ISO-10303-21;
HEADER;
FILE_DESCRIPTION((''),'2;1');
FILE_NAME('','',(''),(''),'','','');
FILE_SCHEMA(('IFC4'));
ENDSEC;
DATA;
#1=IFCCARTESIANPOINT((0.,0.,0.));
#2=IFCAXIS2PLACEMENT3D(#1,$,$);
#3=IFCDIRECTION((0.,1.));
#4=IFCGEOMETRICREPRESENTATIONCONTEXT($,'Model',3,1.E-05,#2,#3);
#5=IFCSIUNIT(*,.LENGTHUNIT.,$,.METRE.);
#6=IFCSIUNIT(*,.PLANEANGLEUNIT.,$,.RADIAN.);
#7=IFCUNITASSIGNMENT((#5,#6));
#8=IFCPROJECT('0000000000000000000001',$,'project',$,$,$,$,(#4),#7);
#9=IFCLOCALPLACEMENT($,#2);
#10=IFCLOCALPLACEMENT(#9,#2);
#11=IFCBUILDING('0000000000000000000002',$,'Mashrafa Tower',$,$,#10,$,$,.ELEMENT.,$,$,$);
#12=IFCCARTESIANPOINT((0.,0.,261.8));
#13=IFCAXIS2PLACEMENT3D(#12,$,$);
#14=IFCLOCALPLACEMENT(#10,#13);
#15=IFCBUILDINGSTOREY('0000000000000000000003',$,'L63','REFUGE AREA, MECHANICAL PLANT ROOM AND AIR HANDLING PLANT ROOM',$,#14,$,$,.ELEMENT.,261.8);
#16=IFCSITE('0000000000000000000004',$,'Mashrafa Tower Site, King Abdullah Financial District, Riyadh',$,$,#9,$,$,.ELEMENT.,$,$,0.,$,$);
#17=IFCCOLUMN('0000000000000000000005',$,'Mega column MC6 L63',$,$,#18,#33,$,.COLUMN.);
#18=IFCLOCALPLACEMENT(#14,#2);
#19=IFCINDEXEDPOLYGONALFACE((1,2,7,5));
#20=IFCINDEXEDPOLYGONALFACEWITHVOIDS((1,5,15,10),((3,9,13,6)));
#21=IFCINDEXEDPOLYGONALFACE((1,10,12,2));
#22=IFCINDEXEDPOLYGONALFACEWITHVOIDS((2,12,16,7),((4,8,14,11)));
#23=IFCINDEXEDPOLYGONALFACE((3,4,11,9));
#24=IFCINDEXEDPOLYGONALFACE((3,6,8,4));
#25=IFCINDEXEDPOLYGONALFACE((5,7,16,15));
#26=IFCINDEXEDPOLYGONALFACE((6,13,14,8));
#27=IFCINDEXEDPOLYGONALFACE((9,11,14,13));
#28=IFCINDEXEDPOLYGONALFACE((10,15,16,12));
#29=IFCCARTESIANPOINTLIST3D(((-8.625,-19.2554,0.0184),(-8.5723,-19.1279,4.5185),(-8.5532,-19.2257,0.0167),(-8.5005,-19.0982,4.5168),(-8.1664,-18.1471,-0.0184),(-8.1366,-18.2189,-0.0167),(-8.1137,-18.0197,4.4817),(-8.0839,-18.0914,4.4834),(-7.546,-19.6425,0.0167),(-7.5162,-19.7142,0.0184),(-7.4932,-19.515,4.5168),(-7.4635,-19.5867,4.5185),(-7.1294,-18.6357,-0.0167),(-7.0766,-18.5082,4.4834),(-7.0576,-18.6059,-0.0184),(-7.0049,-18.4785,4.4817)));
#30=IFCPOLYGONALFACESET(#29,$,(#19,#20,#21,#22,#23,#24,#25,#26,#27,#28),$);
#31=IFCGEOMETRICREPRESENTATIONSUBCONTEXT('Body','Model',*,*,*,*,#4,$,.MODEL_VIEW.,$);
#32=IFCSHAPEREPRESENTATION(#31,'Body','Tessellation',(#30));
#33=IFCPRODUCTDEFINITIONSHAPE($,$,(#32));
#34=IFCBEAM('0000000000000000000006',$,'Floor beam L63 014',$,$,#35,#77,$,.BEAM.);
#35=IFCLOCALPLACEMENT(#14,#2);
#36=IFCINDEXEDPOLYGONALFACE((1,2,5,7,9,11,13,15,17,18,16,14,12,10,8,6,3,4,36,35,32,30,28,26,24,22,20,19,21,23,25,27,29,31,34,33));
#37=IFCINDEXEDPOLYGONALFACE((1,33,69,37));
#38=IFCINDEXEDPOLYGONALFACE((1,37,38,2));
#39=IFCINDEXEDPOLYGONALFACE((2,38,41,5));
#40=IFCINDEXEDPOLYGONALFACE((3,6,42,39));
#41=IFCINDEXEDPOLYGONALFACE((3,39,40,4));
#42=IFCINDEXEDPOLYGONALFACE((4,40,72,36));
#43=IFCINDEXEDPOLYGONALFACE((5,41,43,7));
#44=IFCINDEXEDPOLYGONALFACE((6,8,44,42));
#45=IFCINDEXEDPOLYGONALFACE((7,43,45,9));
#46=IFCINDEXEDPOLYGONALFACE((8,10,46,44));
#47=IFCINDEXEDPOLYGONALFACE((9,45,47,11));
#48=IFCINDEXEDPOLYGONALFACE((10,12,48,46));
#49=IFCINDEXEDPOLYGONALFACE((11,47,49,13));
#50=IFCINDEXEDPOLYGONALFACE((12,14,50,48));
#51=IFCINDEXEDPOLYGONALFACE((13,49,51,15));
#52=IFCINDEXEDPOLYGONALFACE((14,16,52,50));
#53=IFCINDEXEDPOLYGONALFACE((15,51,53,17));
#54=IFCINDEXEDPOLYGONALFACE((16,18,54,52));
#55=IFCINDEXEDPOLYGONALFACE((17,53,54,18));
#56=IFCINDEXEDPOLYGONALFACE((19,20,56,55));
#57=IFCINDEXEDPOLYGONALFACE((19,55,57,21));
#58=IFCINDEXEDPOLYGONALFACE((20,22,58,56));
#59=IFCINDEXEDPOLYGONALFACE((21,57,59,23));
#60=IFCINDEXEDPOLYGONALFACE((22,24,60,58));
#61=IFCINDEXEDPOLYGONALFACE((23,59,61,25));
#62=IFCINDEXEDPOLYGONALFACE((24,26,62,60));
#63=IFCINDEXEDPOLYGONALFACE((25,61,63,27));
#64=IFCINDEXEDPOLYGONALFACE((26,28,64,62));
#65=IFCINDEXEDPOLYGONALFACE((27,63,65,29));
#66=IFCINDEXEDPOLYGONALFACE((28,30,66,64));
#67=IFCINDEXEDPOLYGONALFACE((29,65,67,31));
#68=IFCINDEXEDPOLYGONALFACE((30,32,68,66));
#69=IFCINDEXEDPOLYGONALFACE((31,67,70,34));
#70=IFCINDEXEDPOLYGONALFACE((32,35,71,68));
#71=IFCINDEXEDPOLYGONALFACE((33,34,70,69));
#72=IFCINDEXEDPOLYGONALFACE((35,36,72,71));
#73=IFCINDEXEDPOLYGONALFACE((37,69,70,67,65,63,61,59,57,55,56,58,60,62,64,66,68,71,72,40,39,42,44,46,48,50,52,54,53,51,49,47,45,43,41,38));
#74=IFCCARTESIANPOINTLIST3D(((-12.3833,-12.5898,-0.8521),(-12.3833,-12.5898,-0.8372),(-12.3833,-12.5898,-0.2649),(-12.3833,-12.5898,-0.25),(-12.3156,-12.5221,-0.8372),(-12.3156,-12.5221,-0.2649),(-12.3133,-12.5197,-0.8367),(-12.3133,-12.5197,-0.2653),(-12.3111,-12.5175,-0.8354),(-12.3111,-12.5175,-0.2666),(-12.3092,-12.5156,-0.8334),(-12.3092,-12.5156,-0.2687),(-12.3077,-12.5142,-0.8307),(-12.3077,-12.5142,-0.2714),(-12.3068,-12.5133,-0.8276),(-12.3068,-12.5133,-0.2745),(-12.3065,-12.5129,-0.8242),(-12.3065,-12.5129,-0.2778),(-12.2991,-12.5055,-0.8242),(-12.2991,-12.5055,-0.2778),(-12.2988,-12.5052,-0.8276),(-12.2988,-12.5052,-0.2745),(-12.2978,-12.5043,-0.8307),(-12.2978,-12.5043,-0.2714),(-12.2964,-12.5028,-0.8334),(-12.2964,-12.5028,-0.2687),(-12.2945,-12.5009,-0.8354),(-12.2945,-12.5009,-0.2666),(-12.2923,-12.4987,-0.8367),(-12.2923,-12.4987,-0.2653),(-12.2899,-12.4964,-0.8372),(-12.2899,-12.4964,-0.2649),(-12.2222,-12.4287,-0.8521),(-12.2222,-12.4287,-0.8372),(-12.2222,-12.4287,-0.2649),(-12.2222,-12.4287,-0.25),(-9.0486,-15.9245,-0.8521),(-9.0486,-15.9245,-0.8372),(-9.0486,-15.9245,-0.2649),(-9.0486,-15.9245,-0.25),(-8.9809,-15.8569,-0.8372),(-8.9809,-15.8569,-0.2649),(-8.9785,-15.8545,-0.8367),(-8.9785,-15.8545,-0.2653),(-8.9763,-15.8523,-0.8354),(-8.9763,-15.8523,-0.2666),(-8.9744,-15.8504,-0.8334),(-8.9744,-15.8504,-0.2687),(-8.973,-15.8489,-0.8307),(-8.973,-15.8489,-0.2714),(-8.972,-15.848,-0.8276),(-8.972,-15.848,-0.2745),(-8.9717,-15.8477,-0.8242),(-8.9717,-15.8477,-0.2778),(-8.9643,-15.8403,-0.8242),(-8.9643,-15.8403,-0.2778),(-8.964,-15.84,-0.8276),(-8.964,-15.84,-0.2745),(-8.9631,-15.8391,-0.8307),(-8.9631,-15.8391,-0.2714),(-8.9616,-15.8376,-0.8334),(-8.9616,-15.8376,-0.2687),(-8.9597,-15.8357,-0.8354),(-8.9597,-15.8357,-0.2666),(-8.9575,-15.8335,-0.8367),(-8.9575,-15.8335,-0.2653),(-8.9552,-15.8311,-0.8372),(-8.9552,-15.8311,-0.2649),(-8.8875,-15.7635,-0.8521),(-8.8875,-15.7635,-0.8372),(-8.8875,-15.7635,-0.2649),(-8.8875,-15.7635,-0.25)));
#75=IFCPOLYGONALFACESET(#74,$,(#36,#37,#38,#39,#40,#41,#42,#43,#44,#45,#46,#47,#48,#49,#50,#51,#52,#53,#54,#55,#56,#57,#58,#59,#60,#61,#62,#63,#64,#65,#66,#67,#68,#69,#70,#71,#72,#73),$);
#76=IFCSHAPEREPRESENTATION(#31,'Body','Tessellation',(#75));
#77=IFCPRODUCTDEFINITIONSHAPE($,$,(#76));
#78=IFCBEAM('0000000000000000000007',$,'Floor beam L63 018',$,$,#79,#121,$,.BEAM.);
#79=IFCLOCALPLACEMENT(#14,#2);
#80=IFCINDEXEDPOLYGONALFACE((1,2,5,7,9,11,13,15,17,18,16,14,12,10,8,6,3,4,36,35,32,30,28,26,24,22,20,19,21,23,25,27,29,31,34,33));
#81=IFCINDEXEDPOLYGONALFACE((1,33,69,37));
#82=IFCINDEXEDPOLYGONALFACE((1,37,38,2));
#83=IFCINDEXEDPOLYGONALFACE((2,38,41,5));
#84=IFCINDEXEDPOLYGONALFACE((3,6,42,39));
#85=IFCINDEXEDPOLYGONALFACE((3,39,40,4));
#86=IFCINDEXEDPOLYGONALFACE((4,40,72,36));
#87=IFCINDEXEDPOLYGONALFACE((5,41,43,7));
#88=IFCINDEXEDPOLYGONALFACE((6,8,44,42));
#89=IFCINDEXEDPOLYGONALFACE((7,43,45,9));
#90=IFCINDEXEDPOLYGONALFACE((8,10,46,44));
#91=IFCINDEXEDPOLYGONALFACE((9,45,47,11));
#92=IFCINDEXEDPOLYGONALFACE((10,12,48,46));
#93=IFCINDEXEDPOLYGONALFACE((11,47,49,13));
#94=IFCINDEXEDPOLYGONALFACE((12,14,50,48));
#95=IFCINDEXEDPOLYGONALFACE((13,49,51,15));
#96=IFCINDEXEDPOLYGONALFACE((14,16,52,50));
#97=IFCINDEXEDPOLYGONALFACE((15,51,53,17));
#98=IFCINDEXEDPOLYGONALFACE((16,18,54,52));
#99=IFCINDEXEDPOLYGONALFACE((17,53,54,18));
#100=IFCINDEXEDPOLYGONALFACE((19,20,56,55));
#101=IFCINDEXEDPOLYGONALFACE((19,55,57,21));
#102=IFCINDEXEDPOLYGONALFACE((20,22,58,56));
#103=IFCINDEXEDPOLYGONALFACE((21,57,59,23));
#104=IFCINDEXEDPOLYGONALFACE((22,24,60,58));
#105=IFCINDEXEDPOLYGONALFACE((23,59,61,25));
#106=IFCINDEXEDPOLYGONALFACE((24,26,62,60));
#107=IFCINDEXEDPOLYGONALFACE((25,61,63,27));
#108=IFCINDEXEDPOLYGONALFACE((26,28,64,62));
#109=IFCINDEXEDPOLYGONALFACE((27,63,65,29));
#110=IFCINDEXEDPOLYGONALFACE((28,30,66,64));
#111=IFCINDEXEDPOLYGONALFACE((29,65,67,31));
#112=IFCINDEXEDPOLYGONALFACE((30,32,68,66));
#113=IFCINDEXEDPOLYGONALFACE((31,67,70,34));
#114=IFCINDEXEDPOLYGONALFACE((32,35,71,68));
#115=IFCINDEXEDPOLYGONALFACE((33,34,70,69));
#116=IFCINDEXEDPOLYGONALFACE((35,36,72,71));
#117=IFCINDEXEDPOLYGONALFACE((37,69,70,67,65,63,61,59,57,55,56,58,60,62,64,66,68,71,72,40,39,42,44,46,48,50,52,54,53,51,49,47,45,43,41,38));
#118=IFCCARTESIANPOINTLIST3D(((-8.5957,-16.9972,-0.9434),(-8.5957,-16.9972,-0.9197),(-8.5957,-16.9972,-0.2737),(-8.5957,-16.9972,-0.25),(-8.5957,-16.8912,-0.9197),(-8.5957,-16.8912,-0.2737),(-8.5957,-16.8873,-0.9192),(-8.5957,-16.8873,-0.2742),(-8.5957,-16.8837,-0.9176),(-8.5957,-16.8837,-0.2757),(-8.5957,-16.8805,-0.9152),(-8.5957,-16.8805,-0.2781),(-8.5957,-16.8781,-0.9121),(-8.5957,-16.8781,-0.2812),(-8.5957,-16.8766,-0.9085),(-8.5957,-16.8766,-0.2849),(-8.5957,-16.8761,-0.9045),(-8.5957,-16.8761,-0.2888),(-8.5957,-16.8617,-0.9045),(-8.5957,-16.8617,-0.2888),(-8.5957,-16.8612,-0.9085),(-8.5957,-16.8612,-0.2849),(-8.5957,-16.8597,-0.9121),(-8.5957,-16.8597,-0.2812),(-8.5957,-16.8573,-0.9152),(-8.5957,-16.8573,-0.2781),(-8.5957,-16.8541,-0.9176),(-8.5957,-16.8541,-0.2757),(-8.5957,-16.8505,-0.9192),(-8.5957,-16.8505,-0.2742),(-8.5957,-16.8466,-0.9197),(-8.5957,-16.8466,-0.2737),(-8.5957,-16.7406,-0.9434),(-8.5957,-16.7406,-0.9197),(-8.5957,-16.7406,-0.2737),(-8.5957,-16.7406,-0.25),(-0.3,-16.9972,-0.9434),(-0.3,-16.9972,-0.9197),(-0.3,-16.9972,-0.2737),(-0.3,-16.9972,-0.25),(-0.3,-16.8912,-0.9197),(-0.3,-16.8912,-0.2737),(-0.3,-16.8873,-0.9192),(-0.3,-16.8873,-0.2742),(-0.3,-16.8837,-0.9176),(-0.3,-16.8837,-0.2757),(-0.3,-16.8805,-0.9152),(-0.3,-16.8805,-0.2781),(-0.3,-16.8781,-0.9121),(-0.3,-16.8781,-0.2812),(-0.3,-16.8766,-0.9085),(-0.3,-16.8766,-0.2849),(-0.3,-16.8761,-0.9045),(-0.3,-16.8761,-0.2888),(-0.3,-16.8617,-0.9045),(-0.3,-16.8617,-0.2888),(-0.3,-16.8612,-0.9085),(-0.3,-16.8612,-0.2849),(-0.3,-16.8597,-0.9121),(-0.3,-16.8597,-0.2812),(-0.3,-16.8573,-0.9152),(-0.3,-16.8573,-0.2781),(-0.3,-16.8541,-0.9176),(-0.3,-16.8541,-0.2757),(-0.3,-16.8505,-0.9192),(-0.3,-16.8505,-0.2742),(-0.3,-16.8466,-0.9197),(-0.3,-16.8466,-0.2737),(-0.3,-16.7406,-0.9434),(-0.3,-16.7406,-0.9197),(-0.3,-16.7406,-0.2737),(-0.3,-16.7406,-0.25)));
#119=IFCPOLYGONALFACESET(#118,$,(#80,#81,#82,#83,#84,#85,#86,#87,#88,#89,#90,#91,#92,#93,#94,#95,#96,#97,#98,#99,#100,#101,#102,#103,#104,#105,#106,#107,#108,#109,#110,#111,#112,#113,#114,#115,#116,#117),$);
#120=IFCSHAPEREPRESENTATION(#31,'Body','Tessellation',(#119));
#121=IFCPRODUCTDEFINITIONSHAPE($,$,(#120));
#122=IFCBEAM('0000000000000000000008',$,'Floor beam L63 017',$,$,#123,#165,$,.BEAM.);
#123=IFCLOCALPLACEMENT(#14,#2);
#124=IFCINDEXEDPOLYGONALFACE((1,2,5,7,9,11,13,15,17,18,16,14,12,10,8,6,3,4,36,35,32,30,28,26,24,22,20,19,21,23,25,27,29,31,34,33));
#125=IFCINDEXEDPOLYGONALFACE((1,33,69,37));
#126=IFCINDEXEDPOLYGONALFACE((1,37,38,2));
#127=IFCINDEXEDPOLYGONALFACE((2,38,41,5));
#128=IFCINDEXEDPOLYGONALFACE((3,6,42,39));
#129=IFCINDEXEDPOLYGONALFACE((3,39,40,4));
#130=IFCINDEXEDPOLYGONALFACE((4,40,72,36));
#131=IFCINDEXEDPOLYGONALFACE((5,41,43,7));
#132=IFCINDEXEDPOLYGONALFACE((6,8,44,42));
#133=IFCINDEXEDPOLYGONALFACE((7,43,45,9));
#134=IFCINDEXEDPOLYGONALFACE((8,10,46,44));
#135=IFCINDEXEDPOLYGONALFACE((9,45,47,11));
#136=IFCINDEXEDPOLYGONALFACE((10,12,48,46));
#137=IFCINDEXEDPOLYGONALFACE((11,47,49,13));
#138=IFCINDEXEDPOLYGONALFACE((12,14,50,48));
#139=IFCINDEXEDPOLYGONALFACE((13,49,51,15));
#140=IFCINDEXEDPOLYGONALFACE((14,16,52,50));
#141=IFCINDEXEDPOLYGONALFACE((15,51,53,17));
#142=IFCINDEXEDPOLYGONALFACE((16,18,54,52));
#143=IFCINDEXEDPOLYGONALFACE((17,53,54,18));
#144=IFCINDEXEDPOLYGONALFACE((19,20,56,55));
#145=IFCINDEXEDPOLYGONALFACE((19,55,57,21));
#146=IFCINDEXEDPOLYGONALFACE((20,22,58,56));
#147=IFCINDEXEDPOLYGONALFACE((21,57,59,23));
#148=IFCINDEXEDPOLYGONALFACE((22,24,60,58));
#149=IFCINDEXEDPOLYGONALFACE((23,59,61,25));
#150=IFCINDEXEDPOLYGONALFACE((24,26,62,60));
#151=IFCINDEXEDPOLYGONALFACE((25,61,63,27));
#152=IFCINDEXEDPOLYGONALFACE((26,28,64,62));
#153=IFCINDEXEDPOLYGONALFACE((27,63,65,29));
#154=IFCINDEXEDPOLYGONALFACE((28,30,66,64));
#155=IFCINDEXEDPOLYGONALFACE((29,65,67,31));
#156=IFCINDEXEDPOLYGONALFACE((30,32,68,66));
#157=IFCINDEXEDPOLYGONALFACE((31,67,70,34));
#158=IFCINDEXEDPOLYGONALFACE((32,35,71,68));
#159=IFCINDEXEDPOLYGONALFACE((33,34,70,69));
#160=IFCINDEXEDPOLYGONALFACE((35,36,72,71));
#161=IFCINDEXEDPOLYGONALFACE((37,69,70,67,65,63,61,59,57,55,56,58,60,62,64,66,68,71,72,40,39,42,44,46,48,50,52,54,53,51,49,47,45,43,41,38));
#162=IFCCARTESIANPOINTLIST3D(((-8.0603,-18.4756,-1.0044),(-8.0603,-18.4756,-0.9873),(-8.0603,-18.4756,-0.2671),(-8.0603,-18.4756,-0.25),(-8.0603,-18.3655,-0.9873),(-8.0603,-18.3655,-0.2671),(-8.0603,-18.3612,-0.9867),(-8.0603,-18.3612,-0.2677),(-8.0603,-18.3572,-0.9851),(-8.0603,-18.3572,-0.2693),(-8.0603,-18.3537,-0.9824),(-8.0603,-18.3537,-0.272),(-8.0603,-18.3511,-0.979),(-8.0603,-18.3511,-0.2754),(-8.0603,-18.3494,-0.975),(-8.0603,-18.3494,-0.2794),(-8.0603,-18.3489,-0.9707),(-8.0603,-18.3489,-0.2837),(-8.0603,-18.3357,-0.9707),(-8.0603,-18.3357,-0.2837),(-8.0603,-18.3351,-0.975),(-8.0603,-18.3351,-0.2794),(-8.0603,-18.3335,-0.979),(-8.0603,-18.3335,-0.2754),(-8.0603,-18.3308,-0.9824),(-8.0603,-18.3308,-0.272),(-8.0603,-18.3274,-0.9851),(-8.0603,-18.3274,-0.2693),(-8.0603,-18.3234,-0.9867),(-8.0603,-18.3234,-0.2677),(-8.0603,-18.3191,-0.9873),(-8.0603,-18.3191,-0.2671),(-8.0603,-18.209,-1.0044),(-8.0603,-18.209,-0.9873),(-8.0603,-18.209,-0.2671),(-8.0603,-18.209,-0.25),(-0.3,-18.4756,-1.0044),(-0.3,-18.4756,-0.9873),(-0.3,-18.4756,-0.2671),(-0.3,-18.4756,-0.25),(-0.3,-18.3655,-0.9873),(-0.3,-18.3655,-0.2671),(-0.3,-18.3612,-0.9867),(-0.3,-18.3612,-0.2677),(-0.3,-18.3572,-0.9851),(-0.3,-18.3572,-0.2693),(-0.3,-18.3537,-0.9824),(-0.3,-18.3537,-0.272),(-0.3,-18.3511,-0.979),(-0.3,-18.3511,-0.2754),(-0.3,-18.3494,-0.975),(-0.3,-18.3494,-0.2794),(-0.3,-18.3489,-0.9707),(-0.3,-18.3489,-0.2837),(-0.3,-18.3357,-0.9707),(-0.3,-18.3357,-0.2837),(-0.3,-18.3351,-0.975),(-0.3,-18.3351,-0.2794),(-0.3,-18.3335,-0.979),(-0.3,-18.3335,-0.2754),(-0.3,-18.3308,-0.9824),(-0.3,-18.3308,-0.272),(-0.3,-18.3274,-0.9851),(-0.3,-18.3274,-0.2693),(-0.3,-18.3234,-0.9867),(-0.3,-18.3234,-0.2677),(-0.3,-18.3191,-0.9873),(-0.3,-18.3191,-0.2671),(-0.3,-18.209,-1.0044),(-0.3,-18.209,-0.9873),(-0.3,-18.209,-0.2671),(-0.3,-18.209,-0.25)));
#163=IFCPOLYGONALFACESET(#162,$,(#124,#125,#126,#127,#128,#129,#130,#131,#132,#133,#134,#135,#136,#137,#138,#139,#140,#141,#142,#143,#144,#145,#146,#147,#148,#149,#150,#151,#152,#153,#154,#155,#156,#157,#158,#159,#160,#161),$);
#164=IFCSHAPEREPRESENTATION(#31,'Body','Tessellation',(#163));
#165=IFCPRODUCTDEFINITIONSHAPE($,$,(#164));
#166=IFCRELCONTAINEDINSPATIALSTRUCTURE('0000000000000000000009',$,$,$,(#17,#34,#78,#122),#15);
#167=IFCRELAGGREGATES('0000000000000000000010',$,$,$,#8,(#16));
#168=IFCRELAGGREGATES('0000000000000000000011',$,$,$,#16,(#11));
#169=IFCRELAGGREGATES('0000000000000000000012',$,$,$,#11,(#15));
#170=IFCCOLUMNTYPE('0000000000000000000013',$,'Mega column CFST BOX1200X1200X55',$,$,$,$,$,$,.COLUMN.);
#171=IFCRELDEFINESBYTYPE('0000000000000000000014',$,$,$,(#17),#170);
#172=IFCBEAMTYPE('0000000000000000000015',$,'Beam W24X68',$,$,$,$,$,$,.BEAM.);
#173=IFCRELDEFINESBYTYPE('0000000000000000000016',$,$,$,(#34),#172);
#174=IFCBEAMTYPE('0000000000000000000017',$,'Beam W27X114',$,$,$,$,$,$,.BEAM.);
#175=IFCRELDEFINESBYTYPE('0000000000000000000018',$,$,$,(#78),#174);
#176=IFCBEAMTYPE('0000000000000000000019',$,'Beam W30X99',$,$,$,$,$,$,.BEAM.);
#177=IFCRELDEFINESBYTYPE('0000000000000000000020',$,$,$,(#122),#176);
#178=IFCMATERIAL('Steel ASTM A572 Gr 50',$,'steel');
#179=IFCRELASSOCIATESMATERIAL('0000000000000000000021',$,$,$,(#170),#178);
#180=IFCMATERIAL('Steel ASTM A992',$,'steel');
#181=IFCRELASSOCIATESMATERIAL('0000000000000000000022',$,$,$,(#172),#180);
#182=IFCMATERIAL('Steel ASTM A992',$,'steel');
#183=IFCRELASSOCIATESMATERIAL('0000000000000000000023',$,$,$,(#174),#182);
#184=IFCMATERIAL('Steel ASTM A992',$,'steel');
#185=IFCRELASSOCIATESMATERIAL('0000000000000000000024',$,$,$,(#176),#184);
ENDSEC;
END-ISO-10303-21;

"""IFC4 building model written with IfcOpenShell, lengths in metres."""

from ifc_helpers import new_model, si_unit, direction, frame, origin, origin_2d, place, context, subcontext, project, spatial, hollow_rectangle, i_section, extrude, material, material_profile, profile_set, type_object, element, save


model = new_model("IFC4")

# Units and contexts
model_context = context("Model", 3, precision=1e-05, world=origin(), true_north=direction((0.0, 1.0)))
body_context = subcontext(model_context, "Body", "Model", "MODEL_VIEW")
ifc_project = project(units=[si_unit("LENGTHUNIT", "METRE"), si_unit("PLANEANGLEUNIT", "RADIAN")], contexts=[model_context])

# Site, building, storey
site_placement = place(None, origin())
site = spatial("IfcSite", under=ifc_project, at=site_placement, Name="Mashrafa Tower Site, King Abdullah Financial District, Riyadh", CompositionType="ELEMENT", RefElevation=0.0)
building_placement = place(site_placement, origin())
building = spatial("IfcBuilding", under=site, at=building_placement, Name="Mashrafa Tower", CompositionType="ELEMENT")
storey_placement = place(building_placement, frame((0.0, 0.0, 261.8)))
storey = spatial("IfcBuildingStorey", under=building, at=storey_placement, Name="L63", Description="REFUGE AREA, MECHANICAL PLANT ROOM AND AIR HANDLING PLANT ROOM", CompositionType="ELEMENT", Elevation=261.8)

# Column
ifc_material_1 = material(Name="Steel ASTM A572 Gr 50", Category="steel")
ifc_material_profile_1 = material_profile(ifc_material_1, hollow_rectangle(XDim=1.2, YDim=1.2, WallThickness=0.0549, at=origin_2d()), Name="BOX1200X1200X55")
ifc_profile_set_1 = profile_set([ifc_material_profile_1], Name="Steel ASTM A572 Gr 50")
column_type = type_object("IfcColumnType", Name="Mega column CFST BOX1200X1200X55", PredefinedType="COLUMN", material=ifc_profile_set_1)
column_placement = place(storey_placement, frame((-7.8413, -18.9307, 0.0), z_axis=(0.011713, 0.028307, 0.999531), x_axis=(-0.924017, 0.382352, 0.0)))
element("IfcColumn", 1, at=column_placement, inside=storey, type_object=column_type, Name="Mega column MC6 L63", PredefinedType="COLUMN", context=body_context, shape_type="SweptSolid", body=[
    extrude(hollow_rectangle(XDim=1.2, YDim=1.2, WallThickness=0.0549, at=origin_2d()), origin(), (0.0, 0.0, 1.0), 4.5022),
])

# Beams
ifc_material_2 = material(Name="Steel ASTM A992", Category="steel")
ifc_material_profile_2 = material_profile(ifc_material_2, i_section(OverallWidth=0.2278, OverallDepth=0.6021, WebThickness=0.0105, FlangeThickness=0.0149, FilletRadius=0.0129, at=origin_2d()), Name="W24X68")
ifc_profile_set_2 = profile_set([ifc_material_profile_2], Name="Steel ASTM A992")
beam_type_1 = type_object("IfcBeamType", Name="Beam W24X68", PredefinedType="BEAM", material=ifc_profile_set_2)
beam_1_placement = place(storey_placement, frame((-8.968, -15.844, -0.551), z_axis=(-0.707107, 0.707107, 0.0), x_axis=(-0.707107, -0.707107, 0.0)))
element("IfcBeam", 2, at=beam_1_placement, inside=storey, type_object=beam_type_1, Name="Floor beam L63 014", PredefinedType="BEAM", context=body_context, shape_type="SweptSolid", body=[
    extrude(i_section(OverallWidth=0.2278, OverallDepth=0.6021, WebThickness=0.0105, FlangeThickness=0.0149, FilletRadius=0.0129, at=origin_2d()), origin(), (0.0, 0.0, 1.0), 4.7161),
])
ifc_material_3 = material(Name="Steel ASTM A992", Category="steel")
ifc_material_profile_3 = material_profile(ifc_material_3, i_section(OverallWidth=0.2566, OverallDepth=0.6934, WebThickness=0.0144, FlangeThickness=0.0237, FilletRadius=0.0151, at=origin_2d()), Name="W27X114")
ifc_profile_set_3 = profile_set([ifc_material_profile_3], Name="Steel ASTM A992")
beam_type_2 = type_object("IfcBeamType", Name="Beam W27X114", PredefinedType="BEAM", material=ifc_profile_set_3)
beam_2_placement = place(storey_placement, frame((-0.3, -16.8689, -0.5967), z_axis=(-1.0, 0.0, 0.0), x_axis=(0.0, -1.0, 0.0)))
element("IfcBeam", 3, at=beam_2_placement, inside=storey, type_object=beam_type_2, Name="Floor beam L63 018", PredefinedType="BEAM", context=body_context, shape_type="SweptSolid", body=[
    extrude(i_section(OverallWidth=0.2566, OverallDepth=0.6934, WebThickness=0.0144, FlangeThickness=0.0237, FilletRadius=0.0151, at=origin_2d()), origin(), (0.0, 0.0, 1.0), 8.2957),
])
ifc_material_4 = material(Name="Steel ASTM A992", Category="steel")
ifc_material_profile_4 = material_profile(ifc_material_4, i_section(OverallWidth=0.2666, OverallDepth=0.7544, WebThickness=0.0132, FlangeThickness=0.0171, FilletRadius=0.0166, at=origin_2d()), Name="W30X99")
ifc_profile_set_4 = profile_set([ifc_material_profile_4], Name="Steel ASTM A992")
beam_type_3 = type_object("IfcBeamType", Name="Beam W30X99", PredefinedType="BEAM", material=ifc_profile_set_4)
beam_3_placement = place(storey_placement, frame((-0.3, -18.3423, -0.6272), z_axis=(-1.0, 0.0, 0.0), x_axis=(0.0, -1.0, 0.0)))
element("IfcBeam", 4, at=beam_3_placement, inside=storey, type_object=beam_type_3, Name="Floor beam L63 017", PredefinedType="BEAM", context=body_context, shape_type="SweptSolid", body=[
    extrude(i_section(OverallWidth=0.2666, OverallDepth=0.7544, WebThickness=0.0132, FlangeThickness=0.0171, FilletRadius=0.0166, at=origin_2d()), origin(), (0.0, 0.0, 1.0), 7.7603),
])

save(model, "model.ifc")
